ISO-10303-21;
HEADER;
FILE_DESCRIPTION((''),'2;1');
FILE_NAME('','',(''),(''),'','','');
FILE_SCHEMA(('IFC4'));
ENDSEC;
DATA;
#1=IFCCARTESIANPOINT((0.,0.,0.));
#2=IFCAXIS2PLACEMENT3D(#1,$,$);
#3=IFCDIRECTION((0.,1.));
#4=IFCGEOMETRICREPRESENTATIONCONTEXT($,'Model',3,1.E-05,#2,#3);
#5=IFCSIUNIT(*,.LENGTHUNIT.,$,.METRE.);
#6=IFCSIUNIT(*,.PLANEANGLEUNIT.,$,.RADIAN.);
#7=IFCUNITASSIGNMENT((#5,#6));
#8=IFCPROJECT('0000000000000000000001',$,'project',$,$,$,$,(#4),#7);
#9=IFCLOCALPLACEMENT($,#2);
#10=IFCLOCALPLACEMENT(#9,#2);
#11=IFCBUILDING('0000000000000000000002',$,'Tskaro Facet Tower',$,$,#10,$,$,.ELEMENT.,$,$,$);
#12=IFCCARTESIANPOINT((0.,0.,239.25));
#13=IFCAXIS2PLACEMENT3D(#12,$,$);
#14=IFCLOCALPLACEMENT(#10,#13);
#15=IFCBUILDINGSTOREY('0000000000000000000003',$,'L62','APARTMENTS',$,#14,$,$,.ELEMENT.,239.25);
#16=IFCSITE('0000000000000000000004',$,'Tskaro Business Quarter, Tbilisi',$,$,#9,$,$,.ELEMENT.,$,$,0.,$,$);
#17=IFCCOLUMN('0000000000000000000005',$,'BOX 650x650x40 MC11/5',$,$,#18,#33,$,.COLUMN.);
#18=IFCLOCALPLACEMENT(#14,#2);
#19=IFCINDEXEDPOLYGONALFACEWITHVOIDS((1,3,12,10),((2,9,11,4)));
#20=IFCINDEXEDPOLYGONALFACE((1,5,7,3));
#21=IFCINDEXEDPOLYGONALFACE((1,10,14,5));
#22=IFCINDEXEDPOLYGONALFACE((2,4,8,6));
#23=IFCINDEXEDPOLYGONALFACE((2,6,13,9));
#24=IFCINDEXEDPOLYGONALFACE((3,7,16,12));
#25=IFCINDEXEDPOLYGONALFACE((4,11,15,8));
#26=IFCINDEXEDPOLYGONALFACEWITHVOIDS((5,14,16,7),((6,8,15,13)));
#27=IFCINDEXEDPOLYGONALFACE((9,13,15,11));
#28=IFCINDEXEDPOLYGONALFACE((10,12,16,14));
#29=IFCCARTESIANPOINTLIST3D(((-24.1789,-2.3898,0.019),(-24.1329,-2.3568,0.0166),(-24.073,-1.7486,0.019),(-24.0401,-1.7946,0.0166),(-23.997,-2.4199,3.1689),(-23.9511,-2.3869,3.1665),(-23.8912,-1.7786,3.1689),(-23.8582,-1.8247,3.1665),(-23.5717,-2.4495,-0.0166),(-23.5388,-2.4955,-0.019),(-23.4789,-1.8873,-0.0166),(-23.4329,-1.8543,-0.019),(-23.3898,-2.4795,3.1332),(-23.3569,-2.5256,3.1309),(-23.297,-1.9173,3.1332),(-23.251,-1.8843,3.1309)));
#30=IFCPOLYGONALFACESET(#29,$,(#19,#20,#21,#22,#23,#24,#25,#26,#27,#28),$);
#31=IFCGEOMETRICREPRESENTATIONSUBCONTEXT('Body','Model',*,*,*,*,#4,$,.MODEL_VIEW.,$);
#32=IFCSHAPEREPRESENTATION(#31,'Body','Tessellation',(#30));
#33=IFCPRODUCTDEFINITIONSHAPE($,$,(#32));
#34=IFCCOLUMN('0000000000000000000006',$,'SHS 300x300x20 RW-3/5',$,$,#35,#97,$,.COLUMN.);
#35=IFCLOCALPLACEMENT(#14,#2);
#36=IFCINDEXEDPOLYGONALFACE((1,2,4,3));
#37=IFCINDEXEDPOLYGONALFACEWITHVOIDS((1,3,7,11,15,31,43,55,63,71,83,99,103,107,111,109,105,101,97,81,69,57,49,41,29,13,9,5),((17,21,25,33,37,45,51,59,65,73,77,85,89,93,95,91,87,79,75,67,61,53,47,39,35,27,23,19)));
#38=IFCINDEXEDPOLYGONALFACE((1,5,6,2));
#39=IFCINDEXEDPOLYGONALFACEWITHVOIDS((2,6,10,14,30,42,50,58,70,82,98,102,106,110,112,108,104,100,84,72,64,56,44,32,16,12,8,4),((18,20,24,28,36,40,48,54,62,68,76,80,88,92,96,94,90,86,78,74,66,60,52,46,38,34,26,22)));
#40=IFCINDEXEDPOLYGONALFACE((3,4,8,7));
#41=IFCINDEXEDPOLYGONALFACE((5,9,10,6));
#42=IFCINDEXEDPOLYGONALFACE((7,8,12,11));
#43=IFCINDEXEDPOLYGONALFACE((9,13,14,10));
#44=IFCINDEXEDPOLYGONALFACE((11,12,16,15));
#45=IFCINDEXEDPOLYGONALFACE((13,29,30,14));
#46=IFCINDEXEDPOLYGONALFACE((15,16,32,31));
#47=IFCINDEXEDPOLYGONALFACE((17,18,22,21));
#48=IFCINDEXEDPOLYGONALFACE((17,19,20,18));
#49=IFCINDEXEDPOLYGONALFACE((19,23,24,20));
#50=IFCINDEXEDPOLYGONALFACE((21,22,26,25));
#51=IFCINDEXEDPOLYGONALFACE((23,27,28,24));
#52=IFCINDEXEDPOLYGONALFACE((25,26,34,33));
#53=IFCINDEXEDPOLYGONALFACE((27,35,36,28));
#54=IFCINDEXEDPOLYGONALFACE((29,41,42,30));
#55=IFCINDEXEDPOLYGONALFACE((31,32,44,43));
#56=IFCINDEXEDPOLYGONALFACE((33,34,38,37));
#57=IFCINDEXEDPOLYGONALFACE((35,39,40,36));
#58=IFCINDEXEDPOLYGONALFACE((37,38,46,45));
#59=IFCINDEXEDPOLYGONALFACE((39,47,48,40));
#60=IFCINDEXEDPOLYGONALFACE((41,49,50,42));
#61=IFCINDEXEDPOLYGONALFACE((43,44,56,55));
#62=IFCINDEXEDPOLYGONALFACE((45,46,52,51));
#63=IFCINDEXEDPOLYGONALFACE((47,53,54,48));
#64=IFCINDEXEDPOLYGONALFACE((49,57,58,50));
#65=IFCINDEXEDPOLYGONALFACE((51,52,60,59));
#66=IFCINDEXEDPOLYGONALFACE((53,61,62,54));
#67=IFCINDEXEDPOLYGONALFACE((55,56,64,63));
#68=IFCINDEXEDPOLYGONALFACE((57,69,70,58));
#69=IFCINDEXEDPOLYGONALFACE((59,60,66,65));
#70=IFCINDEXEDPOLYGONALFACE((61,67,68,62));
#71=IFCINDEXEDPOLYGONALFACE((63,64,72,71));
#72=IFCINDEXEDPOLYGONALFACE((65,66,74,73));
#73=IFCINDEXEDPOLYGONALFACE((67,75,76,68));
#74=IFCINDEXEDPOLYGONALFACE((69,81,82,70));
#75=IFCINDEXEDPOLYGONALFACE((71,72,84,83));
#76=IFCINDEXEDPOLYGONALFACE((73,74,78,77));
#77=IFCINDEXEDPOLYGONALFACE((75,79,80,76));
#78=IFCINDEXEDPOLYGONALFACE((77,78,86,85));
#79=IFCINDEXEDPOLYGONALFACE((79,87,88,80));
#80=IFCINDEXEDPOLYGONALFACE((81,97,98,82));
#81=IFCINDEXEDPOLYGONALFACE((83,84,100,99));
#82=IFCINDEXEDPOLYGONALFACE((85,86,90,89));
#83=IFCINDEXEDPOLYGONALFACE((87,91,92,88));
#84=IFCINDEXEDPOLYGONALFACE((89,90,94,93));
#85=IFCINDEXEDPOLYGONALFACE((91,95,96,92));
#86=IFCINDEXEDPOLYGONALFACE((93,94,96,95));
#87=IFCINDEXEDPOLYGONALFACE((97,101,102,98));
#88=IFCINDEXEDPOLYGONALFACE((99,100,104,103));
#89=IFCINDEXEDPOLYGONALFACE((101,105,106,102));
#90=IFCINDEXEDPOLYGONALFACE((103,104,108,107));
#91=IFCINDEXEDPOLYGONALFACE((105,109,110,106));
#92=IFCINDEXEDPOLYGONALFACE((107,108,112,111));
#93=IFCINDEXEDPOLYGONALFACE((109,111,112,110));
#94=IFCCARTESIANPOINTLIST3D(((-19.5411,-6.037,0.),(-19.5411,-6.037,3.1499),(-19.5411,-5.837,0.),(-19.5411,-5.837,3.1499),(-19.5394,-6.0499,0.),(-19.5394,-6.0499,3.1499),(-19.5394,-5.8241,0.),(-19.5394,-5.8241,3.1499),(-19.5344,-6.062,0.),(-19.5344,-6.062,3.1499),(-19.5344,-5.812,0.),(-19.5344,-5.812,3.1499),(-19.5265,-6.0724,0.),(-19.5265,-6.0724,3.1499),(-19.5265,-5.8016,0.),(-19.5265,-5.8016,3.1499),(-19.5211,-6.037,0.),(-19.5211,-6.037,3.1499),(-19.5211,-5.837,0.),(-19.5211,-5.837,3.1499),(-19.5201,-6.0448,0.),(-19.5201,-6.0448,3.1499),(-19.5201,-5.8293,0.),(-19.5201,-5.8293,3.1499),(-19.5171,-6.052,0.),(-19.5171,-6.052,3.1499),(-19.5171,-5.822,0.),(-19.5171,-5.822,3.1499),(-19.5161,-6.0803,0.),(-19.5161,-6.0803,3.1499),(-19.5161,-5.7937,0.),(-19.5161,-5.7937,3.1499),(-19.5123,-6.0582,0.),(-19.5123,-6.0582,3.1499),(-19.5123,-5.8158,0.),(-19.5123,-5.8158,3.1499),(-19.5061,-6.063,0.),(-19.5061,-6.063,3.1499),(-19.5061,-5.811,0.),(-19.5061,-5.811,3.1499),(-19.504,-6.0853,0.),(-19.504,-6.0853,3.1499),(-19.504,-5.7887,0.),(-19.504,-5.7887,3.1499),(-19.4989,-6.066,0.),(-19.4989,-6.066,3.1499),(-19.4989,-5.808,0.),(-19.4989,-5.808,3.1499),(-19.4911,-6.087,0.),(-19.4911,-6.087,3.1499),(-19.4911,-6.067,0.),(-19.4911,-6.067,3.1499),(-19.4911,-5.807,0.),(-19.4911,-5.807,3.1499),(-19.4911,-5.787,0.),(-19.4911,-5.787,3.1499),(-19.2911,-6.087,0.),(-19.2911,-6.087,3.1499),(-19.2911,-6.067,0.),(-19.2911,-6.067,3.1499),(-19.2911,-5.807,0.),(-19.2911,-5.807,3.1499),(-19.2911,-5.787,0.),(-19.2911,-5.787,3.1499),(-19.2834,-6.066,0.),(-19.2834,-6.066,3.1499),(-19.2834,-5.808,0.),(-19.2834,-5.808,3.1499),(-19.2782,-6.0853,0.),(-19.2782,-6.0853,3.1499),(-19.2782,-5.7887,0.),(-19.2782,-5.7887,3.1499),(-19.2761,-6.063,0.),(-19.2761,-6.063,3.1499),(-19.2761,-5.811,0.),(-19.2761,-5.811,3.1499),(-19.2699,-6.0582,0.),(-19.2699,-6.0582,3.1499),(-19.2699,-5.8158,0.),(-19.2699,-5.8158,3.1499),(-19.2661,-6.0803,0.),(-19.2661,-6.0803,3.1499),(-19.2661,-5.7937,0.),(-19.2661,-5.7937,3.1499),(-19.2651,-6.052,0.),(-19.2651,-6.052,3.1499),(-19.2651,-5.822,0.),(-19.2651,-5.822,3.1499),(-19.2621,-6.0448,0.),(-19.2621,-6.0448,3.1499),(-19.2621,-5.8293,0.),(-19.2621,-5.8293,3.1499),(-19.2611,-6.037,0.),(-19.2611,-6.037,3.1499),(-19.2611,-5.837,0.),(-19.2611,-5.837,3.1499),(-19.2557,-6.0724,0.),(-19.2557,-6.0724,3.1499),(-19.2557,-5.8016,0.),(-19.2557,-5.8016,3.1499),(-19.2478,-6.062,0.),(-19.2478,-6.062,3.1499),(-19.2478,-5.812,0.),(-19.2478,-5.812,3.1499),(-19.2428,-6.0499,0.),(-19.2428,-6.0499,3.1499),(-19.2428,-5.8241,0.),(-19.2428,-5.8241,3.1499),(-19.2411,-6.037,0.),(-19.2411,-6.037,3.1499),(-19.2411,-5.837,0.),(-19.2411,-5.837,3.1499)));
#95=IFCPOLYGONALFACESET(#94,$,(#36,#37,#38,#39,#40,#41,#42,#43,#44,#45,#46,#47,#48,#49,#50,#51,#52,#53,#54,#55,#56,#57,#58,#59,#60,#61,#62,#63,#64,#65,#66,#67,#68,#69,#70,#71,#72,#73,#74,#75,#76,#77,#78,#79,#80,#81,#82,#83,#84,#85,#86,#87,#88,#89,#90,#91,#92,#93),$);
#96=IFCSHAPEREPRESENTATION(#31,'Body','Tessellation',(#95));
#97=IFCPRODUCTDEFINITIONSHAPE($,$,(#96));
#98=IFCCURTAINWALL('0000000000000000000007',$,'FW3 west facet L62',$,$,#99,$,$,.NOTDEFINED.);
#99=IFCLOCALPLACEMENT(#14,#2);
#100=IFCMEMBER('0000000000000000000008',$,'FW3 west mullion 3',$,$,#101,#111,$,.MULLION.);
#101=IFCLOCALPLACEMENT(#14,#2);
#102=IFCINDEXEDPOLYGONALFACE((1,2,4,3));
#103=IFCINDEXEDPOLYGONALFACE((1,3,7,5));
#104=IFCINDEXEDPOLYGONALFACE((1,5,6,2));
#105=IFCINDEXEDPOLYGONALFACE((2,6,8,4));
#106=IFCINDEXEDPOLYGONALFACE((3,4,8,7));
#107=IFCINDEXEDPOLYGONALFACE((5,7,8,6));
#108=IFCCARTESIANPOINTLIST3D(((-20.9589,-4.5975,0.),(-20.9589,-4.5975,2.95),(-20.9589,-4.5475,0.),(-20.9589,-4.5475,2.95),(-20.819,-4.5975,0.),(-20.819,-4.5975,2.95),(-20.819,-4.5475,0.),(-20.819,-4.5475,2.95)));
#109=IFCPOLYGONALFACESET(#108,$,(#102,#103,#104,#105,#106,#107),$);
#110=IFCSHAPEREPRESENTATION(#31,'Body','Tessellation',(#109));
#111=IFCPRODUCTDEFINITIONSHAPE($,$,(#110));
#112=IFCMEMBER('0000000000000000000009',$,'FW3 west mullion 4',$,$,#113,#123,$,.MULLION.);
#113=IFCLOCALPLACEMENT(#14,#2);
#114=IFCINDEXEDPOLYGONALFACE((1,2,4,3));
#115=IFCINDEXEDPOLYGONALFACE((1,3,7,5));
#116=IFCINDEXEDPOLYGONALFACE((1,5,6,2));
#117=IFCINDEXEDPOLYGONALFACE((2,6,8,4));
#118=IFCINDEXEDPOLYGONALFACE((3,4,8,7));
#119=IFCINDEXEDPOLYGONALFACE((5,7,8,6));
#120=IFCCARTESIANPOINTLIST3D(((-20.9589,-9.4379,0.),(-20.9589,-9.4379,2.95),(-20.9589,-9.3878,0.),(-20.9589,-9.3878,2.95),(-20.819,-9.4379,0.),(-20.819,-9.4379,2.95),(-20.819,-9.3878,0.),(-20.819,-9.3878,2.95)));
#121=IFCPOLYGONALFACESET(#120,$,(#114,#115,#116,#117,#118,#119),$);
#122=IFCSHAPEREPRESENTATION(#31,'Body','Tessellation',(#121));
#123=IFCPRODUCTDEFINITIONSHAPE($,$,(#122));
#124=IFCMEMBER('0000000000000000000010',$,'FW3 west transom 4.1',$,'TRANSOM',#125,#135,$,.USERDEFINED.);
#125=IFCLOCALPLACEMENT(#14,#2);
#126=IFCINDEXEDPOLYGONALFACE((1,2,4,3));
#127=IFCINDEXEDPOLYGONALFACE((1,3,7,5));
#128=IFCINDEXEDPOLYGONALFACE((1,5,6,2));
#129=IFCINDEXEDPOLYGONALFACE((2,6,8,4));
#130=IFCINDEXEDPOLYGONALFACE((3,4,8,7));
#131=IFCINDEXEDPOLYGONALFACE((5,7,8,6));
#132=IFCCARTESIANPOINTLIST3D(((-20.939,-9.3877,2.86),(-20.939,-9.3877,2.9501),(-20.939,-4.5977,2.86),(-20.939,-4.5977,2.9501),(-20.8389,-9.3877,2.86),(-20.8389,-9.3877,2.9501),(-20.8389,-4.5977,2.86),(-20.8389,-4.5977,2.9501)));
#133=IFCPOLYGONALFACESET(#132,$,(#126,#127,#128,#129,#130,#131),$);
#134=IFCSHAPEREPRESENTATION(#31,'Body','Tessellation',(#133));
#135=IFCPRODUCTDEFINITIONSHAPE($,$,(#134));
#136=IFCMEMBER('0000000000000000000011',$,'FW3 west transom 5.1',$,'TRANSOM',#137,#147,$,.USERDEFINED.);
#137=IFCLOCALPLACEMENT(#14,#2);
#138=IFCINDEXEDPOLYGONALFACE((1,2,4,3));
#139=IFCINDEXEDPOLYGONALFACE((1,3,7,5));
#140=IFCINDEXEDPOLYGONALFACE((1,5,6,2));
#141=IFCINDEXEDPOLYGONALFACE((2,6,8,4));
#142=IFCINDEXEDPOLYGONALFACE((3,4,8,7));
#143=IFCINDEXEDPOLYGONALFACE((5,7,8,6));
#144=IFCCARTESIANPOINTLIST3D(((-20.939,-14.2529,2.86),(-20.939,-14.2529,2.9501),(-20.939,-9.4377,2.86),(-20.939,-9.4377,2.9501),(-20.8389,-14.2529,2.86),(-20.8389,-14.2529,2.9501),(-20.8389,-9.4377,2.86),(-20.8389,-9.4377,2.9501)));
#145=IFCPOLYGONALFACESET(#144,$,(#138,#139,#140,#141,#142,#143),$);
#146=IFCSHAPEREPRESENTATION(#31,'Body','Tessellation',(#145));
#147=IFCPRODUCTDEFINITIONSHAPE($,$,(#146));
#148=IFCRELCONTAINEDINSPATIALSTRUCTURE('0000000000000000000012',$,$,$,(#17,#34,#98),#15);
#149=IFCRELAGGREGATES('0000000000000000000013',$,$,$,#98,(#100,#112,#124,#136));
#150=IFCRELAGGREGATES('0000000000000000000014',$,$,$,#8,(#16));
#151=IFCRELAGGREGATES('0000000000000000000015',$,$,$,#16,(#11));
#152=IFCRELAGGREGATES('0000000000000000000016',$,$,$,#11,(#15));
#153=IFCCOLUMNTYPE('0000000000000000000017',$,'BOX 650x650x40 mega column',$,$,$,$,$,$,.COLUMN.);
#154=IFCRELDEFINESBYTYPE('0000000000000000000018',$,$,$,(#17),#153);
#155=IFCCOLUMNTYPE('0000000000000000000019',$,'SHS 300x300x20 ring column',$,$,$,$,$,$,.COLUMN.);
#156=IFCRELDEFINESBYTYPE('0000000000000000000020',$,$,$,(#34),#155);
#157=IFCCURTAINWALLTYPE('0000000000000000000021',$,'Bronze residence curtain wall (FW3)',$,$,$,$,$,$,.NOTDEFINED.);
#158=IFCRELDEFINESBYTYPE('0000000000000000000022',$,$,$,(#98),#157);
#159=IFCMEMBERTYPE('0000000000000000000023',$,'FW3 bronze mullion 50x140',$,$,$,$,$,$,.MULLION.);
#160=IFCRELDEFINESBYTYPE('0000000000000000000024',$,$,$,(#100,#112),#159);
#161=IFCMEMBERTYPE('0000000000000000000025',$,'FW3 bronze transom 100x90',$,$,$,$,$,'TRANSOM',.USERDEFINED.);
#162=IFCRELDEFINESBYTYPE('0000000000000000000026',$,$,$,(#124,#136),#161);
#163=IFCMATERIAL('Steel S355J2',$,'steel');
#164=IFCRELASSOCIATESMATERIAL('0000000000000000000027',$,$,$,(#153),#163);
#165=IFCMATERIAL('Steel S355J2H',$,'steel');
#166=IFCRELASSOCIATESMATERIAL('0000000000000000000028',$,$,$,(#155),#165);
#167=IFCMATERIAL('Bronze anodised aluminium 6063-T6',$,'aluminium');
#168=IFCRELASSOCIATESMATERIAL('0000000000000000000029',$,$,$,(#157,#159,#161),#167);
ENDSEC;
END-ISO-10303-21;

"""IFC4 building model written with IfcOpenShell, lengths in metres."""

from ifc_helpers import new_model, si_unit, direction, frame, origin, origin_2d, place, context, subcontext, project, spatial, rectangle, hollow_rectangle, extrude, material, material_profile, profile_set, type_object, element, aggregate, save


model = new_model("IFC4")

# Units and contexts
model_context = context("Model", 3, precision=1e-05, world=origin(), true_north=direction((0.0, 1.0)))
body_context = subcontext(model_context, "Body", "Model", "MODEL_VIEW")
ifc_project = project(units=[si_unit("LENGTHUNIT", "METRE"), si_unit("PLANEANGLEUNIT", "RADIAN")], contexts=[model_context])

# Site, building, storey
site_placement = place(None, origin())
site = spatial("IfcSite", under=ifc_project, at=site_placement, Name="Tskaro Business Quarter, Tbilisi", CompositionType="ELEMENT", RefElevation=0.0)
building_placement = place(site_placement, origin())
building = spatial("IfcBuilding", under=site, at=building_placement, Name="Tskaro Facet Tower", CompositionType="ELEMENT")
storey_placement = place(building_placement, frame((0.0, 0.0, 239.25)))
storey = spatial("IfcBuildingStorey", under=building, at=storey_placement, Name="L62", Description="APARTMENTS", CompositionType="ELEMENT", Elevation=239.25)

# Columns
ifc_material_1 = material(Name="Steel S355J2", Category="steel")
ifc_material_profile_1 = material_profile(ifc_material_1, hollow_rectangle(XDim=0.6499, YDim=0.6499, WallThickness=0.04, at=origin_2d()), Name="BOX 650x650x40")
ifc_profile_set_1 = profile_set([ifc_material_profile_1], Name="Steel S355J2")
column_type_1 = type_object("IfcColumnType", Name="BOX 650x650x40 mega column", PredefinedType="COLUMN", material=ifc_profile_set_1)
column_1_placement = place(storey_placement, frame((-23.8059, -2.1221, 0.0), z_axis=(0.057644, -0.009517, 0.998292), x_axis=(0.162895, 0.986643, 0.0)))
element("IfcColumn", 1, at=column_1_placement, inside=storey, type_object=column_type_1, Name="BOX 650x650x40 MC11/5", PredefinedType="COLUMN", context=body_context, shape_type="SweptSolid", body=[
    extrude(hollow_rectangle(XDim=0.6499, YDim=0.6499, WallThickness=0.04, at=origin_2d()), origin(), (0.0, 0.0, 1.0), 3.1553),
])
ifc_material_2 = material(Name="Steel S355J2H", Category="steel")
ifc_material_profile_2 = material_profile(ifc_material_2, hollow_rectangle(XDim=0.3, YDim=0.3, WallThickness=0.02, InnerFilletRadius=0.03, OuterFilletRadius=0.05, at=origin_2d()), Name="SHS 300x300x20")
ifc_profile_set_2 = profile_set([ifc_material_profile_2], Name="Steel S355J2H")
column_type_2 = type_object("IfcColumnType", Name="SHS 300x300x20 ring column", PredefinedType="COLUMN", material=ifc_profile_set_2)
column_2_placement = place(storey_placement, frame((-19.3911, -5.937, 0.0), z_axis=(0.0, 0.0, 1.0), x_axis=(1.0, 0.0, 0.0)))
element("IfcColumn", 2, at=column_2_placement, inside=storey, type_object=column_type_2, Name="SHS 300x300x20 RW-3/5", PredefinedType="COLUMN", context=body_context, shape_type="SweptSolid", body=[
    extrude(hollow_rectangle(XDim=0.3, YDim=0.3, WallThickness=0.02, InnerFilletRadius=0.03, OuterFilletRadius=0.05, at=origin_2d()), origin(), (0.0, 0.0, 1.0), 3.1499),
])

# Curtain wall, members
ifc_material_3 = material(Name="Bronze anodised aluminium 6063-T6", Category="aluminium")
curtain_wall_type = type_object("IfcCurtainWallType", Name="Bronze residence curtain wall (FW3)", PredefinedType="NOTDEFINED", material=ifc_material_3)
curtain_wall_placement = place(storey_placement, origin())
curtain_wall = element("IfcCurtainWall", 3, at=curtain_wall_placement, inside=storey, type_object=curtain_wall_type, Name="FW3 west facet L62", PredefinedType="NOTDEFINED")
ifc_material_profile_3 = material_profile(ifc_material_3, rectangle(XDim=0.05, YDim=0.1399, at=origin_2d()), Name="Mullion 50x140")
ifc_profile_set_3 = profile_set([ifc_material_profile_3], Name="Bronze anodised aluminium 6063-T6")
member_type_1 = type_object("IfcMemberType", Name="FW3 bronze mullion 50x140", PredefinedType="MULLION", material=ifc_profile_set_3)
member_1_placement = place(storey_placement, frame((-20.8889, -4.5725, 0.0), z_axis=(0.0, 0.0, 1.0), x_axis=(0.0, -1.0, 0.0)))
member_1 = element("IfcMember", 4, at=member_1_placement, type_object=member_type_1, Name="FW3 west mullion 3", PredefinedType="MULLION", context=body_context, shape_type="SweptSolid", body=[
    extrude(rectangle(XDim=0.05, YDim=0.1399, at=origin_2d()), origin(), (0.0, 0.0, 1.0), 2.95),
])
member_2_placement = place(storey_placement, frame((-20.8889, -9.4128, 0.0), z_axis=(0.0, 0.0, 1.0), x_axis=(0.0, -1.0, 0.0)))
member_2 = element("IfcMember", 5, at=member_2_placement, type_object=member_type_1, Name="FW3 west mullion 4", PredefinedType="MULLION", context=body_context, shape_type="SweptSolid", body=[
    extrude(rectangle(XDim=0.05, YDim=0.1399, at=origin_2d()), origin(), (0.0, 0.0, 1.0), 2.95),
])
ifc_material_profile_4 = material_profile(ifc_material_3, rectangle(XDim=0.1001, YDim=0.0901, at=origin_2d()), Name="Transom 100x90")
ifc_profile_set_4 = profile_set([ifc_material_profile_4], Name="Bronze anodised aluminium 6063-T6")
member_type_2 = type_object("IfcMemberType", Name="FW3 bronze transom 100x90", ElementType="TRANSOM", PredefinedType="USERDEFINED", material=ifc_profile_set_4)
member_3_placement = place(storey_placement, frame((-20.8889, -4.5977, 2.905), z_axis=(0.0, -1.0, 0.0), x_axis=(1.0, 0.0, 0.0)))
member_3 = element("IfcMember", 6, at=member_3_placement, type_object=member_type_2, Name="FW3 west transom 4.1", ObjectType="TRANSOM", PredefinedType="USERDEFINED", context=body_context, shape_type="SweptSolid", body=[
    extrude(rectangle(XDim=0.1001, YDim=0.0901, at=origin_2d()), origin(), (0.0, 0.0, 1.0), 4.79),
])
member_4_placement = place(storey_placement, frame((-20.8889, -9.4377, 2.905), z_axis=(0.0, -1.0, 0.0), x_axis=(1.0, 0.0, 0.0)))
member_4 = element("IfcMember", 7, at=member_4_placement, type_object=member_type_2, Name="FW3 west transom 5.1", ObjectType="TRANSOM", PredefinedType="USERDEFINED", context=body_context, shape_type="SweptSolid", body=[
    extrude(rectangle(XDim=0.1001, YDim=0.0901, at=origin_2d()), origin(), (0.0, 0.0, 1.0), 4.8152),
])

aggregate(curtain_wall, [member_1, member_2, member_3, member_4])

save(model, "model.ifc")
